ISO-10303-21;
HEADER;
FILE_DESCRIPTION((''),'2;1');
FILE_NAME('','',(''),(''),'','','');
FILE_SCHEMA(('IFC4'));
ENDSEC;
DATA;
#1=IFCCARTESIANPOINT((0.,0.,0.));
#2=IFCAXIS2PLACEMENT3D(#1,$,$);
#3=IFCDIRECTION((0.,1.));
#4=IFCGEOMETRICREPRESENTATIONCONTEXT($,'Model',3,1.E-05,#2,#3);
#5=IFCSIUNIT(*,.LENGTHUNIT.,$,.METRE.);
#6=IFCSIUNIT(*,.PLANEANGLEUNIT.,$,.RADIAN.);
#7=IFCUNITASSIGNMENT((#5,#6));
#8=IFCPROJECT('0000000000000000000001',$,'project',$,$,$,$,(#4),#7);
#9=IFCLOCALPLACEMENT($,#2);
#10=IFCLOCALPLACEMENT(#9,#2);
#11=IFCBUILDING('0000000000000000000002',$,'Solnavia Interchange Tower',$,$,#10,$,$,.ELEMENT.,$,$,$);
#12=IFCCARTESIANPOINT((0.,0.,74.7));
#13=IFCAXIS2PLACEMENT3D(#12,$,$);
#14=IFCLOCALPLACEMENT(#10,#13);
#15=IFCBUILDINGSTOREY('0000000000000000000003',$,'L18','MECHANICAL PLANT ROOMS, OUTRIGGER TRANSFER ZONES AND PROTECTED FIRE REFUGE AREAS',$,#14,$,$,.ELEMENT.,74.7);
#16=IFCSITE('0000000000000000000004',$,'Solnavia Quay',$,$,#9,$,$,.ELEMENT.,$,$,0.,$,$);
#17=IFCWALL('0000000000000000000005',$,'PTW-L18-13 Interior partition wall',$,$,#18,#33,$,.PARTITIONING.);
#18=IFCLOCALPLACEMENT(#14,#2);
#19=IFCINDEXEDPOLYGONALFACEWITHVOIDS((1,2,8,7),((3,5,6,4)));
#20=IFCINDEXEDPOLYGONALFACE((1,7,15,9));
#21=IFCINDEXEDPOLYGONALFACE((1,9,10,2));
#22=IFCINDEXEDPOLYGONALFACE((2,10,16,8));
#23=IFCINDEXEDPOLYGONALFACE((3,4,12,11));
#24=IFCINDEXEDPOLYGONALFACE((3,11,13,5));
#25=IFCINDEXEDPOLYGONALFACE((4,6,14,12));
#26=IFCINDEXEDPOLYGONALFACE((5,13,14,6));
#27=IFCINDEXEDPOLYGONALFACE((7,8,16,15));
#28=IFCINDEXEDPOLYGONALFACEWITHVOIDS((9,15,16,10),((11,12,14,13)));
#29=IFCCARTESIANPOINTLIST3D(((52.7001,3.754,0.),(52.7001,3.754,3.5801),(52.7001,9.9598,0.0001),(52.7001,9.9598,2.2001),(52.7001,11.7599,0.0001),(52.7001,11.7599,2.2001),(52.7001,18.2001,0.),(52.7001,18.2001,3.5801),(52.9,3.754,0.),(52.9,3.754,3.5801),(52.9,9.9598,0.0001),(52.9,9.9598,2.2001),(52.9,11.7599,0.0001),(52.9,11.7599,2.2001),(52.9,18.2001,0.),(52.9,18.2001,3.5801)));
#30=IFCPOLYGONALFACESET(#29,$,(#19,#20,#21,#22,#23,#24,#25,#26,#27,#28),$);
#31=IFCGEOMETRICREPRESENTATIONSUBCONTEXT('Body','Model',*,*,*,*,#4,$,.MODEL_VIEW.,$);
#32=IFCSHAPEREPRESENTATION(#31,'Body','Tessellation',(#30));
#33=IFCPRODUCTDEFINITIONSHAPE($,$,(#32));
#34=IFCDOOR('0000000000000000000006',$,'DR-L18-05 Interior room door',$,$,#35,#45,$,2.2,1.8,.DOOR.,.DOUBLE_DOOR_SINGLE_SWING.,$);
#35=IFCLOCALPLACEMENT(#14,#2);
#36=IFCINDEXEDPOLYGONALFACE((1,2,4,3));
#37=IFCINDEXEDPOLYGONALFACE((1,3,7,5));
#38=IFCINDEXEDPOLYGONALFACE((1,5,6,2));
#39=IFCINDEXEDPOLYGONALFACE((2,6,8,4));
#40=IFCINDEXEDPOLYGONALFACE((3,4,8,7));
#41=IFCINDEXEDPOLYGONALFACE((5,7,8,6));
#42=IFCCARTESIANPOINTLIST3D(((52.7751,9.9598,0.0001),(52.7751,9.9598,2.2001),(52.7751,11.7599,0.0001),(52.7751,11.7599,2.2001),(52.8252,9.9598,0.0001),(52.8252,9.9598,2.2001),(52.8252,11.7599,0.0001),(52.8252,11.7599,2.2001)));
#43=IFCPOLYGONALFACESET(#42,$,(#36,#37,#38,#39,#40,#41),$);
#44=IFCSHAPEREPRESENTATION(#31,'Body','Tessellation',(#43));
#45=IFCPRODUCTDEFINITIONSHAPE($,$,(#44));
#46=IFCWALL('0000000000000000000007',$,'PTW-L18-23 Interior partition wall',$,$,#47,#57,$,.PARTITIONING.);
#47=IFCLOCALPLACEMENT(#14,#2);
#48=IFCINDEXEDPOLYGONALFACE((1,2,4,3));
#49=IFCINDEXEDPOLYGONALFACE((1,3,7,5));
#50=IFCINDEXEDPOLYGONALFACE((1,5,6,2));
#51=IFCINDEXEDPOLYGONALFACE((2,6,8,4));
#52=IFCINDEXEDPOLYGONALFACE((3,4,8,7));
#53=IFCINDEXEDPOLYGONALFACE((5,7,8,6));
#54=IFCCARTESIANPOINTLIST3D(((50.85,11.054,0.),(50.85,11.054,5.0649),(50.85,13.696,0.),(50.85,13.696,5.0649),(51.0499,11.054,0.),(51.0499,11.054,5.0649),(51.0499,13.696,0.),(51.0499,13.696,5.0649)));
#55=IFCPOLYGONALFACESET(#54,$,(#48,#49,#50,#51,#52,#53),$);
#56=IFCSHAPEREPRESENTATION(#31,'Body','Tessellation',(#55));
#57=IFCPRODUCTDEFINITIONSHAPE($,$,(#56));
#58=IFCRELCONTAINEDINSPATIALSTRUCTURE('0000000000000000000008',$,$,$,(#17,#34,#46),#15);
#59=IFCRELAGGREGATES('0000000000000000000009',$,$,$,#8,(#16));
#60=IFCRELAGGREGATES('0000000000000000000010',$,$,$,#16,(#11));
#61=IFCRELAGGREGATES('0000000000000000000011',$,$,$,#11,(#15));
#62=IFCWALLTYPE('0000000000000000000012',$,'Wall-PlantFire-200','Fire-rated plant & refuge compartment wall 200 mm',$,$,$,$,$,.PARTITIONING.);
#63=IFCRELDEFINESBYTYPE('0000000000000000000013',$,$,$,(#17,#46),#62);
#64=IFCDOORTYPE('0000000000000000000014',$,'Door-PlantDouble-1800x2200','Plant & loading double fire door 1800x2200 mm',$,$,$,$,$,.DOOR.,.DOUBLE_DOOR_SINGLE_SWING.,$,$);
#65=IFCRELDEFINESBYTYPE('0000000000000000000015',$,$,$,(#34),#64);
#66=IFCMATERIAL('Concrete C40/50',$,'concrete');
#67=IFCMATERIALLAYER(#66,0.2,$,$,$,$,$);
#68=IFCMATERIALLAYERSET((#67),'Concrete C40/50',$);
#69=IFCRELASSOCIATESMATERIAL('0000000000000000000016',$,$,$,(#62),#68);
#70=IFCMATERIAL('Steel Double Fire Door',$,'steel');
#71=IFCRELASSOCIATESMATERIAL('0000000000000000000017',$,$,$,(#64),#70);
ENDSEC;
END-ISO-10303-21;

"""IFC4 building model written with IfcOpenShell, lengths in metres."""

from ifc_helpers import new_model, si_unit, direction, frame, frame_2d, origin, place, context, subcontext, project, spatial, rectangle, extrude, material, layer, layer_set, type_object, element, fill, save


model = new_model("IFC4")

# Units and contexts
model_context = context("Model", 3, precision=1e-05, world=origin(), true_north=direction((0.0, 1.0)))
body_context = subcontext(model_context, "Body", "Model", "MODEL_VIEW")
ifc_project = project(units=[si_unit("LENGTHUNIT", "METRE"), si_unit("PLANEANGLEUNIT", "RADIAN")], contexts=[model_context])

# Site, building, storey
site_placement = place(None, origin())
site = spatial("IfcSite", under=ifc_project, at=site_placement, Name="Solnavia Quay", CompositionType="ELEMENT", RefElevation=0.0)
building_placement = place(site_placement, origin())
building = spatial("IfcBuilding", under=site, at=building_placement, Name="Solnavia Interchange Tower", CompositionType="ELEMENT")
storey_placement = place(building_placement, frame((0.0, 0.0, 74.7)))
storey = spatial("IfcBuildingStorey", under=building, at=storey_placement, Name="L18", Description="MECHANICAL PLANT ROOMS, OUTRIGGER TRANSFER ZONES AND PROTECTED FIRE REFUGE AREAS", CompositionType="ELEMENT", Elevation=74.7)

# Shared definitions
ifc_material_1 = material(Name="Concrete C40/50", Category="concrete")
ifc_layer_1 = layer(ifc_material_1, 0.2)
ifc_layer_set_1 = layer_set([ifc_layer_1], Name="Concrete C40/50")
wall_type_1 = type_object("IfcWallType", Name="Wall-PlantFire-200", Description="Fire-rated plant & refuge compartment wall 200 mm", PredefinedType="PARTITIONING", material=ifc_layer_set_1)

# Wall, opening, door
wall_1_placement = place(storey_placement, frame((52.8, 3.7539, 0.0), z_axis=(0.0, 0.0, 1.0), x_axis=(0.0, 1.0, 0.0)))
wall_1 = element("IfcWall", 1, at=wall_1_placement, inside=storey, type_object=wall_type_1, Name="PTW-L18-13 Interior partition wall", PredefinedType="PARTITIONING", context=body_context, shape_type="SweptSolid", body=[
    extrude(rectangle(XDim=14.446, YDim=0.2, at=frame_2d((7.2231, 0.0))), origin(), (0.0, 0.0, 1.0), 3.5801),
])
opening_placement = place(wall_1_placement, frame((6.2061, 0.0, 0.0)))
opening = element("IfcOpeningElement", 2, at=opening_placement, cuts=wall_1, PredefinedType="OPENING", context=body_context, shape_type="SweptSolid", body=[
    extrude(rectangle(XDim=1.8, YDim=2.2, at=frame_2d((0.8999, 1.1001))), frame((0.0, 0.1099, 0.0), z_axis=(0.0, -1.0, 0.0), x_axis=(1.0, 0.0, 0.0)), (0.0, 0.0, 1.0), 0.22),
])
ifc_material_2 = material(Name="Steel Double Fire Door", Category="steel")
door_type = type_object("IfcDoorType", Name="Door-PlantDouble-1800x2200", Description="Plant & loading double fire door 1800x2200 mm", OperationType="DOUBLE_DOOR_SINGLE_SWING", PredefinedType="DOOR", material=ifc_material_2)
door_placement = place(opening_placement, origin())
door = element("IfcDoor", 3, at=door_placement, inside=storey, type_object=door_type, Name="DR-L18-05 Interior room door", OperationType="DOUBLE_DOOR_SINGLE_SWING", OverallHeight=2.2, OverallWidth=1.8, PredefinedType="DOOR", context=body_context, shape_type="SweptSolid", body=[
    extrude(rectangle(XDim=1.8, YDim=2.2, at=frame_2d((0.8999, 1.1001))), frame((0.0, 0.0249, 0.0), z_axis=(0.0, -1.0, 0.0), x_axis=(1.0, 0.0, 0.0)), (0.0, 0.0, 1.0), 0.05),
])
fill(opening, door)

# Wall
wall_2_placement = place(storey_placement, frame((50.95, 11.054, 0.0), z_axis=(0.0, 0.0, 1.0), x_axis=(0.0, 1.0, 0.0)))
element("IfcWall", 4, at=wall_2_placement, inside=storey, type_object=wall_type_1, Name="PTW-L18-23 Interior partition wall", PredefinedType="PARTITIONING", context=body_context, shape_type="SweptSolid", body=[
    extrude(rectangle(XDim=2.6421, YDim=0.2, at=frame_2d((1.321, 0.0))), origin(), (0.0, 0.0, 1.0), 5.0649),
])

save(model, "model.ifc")
